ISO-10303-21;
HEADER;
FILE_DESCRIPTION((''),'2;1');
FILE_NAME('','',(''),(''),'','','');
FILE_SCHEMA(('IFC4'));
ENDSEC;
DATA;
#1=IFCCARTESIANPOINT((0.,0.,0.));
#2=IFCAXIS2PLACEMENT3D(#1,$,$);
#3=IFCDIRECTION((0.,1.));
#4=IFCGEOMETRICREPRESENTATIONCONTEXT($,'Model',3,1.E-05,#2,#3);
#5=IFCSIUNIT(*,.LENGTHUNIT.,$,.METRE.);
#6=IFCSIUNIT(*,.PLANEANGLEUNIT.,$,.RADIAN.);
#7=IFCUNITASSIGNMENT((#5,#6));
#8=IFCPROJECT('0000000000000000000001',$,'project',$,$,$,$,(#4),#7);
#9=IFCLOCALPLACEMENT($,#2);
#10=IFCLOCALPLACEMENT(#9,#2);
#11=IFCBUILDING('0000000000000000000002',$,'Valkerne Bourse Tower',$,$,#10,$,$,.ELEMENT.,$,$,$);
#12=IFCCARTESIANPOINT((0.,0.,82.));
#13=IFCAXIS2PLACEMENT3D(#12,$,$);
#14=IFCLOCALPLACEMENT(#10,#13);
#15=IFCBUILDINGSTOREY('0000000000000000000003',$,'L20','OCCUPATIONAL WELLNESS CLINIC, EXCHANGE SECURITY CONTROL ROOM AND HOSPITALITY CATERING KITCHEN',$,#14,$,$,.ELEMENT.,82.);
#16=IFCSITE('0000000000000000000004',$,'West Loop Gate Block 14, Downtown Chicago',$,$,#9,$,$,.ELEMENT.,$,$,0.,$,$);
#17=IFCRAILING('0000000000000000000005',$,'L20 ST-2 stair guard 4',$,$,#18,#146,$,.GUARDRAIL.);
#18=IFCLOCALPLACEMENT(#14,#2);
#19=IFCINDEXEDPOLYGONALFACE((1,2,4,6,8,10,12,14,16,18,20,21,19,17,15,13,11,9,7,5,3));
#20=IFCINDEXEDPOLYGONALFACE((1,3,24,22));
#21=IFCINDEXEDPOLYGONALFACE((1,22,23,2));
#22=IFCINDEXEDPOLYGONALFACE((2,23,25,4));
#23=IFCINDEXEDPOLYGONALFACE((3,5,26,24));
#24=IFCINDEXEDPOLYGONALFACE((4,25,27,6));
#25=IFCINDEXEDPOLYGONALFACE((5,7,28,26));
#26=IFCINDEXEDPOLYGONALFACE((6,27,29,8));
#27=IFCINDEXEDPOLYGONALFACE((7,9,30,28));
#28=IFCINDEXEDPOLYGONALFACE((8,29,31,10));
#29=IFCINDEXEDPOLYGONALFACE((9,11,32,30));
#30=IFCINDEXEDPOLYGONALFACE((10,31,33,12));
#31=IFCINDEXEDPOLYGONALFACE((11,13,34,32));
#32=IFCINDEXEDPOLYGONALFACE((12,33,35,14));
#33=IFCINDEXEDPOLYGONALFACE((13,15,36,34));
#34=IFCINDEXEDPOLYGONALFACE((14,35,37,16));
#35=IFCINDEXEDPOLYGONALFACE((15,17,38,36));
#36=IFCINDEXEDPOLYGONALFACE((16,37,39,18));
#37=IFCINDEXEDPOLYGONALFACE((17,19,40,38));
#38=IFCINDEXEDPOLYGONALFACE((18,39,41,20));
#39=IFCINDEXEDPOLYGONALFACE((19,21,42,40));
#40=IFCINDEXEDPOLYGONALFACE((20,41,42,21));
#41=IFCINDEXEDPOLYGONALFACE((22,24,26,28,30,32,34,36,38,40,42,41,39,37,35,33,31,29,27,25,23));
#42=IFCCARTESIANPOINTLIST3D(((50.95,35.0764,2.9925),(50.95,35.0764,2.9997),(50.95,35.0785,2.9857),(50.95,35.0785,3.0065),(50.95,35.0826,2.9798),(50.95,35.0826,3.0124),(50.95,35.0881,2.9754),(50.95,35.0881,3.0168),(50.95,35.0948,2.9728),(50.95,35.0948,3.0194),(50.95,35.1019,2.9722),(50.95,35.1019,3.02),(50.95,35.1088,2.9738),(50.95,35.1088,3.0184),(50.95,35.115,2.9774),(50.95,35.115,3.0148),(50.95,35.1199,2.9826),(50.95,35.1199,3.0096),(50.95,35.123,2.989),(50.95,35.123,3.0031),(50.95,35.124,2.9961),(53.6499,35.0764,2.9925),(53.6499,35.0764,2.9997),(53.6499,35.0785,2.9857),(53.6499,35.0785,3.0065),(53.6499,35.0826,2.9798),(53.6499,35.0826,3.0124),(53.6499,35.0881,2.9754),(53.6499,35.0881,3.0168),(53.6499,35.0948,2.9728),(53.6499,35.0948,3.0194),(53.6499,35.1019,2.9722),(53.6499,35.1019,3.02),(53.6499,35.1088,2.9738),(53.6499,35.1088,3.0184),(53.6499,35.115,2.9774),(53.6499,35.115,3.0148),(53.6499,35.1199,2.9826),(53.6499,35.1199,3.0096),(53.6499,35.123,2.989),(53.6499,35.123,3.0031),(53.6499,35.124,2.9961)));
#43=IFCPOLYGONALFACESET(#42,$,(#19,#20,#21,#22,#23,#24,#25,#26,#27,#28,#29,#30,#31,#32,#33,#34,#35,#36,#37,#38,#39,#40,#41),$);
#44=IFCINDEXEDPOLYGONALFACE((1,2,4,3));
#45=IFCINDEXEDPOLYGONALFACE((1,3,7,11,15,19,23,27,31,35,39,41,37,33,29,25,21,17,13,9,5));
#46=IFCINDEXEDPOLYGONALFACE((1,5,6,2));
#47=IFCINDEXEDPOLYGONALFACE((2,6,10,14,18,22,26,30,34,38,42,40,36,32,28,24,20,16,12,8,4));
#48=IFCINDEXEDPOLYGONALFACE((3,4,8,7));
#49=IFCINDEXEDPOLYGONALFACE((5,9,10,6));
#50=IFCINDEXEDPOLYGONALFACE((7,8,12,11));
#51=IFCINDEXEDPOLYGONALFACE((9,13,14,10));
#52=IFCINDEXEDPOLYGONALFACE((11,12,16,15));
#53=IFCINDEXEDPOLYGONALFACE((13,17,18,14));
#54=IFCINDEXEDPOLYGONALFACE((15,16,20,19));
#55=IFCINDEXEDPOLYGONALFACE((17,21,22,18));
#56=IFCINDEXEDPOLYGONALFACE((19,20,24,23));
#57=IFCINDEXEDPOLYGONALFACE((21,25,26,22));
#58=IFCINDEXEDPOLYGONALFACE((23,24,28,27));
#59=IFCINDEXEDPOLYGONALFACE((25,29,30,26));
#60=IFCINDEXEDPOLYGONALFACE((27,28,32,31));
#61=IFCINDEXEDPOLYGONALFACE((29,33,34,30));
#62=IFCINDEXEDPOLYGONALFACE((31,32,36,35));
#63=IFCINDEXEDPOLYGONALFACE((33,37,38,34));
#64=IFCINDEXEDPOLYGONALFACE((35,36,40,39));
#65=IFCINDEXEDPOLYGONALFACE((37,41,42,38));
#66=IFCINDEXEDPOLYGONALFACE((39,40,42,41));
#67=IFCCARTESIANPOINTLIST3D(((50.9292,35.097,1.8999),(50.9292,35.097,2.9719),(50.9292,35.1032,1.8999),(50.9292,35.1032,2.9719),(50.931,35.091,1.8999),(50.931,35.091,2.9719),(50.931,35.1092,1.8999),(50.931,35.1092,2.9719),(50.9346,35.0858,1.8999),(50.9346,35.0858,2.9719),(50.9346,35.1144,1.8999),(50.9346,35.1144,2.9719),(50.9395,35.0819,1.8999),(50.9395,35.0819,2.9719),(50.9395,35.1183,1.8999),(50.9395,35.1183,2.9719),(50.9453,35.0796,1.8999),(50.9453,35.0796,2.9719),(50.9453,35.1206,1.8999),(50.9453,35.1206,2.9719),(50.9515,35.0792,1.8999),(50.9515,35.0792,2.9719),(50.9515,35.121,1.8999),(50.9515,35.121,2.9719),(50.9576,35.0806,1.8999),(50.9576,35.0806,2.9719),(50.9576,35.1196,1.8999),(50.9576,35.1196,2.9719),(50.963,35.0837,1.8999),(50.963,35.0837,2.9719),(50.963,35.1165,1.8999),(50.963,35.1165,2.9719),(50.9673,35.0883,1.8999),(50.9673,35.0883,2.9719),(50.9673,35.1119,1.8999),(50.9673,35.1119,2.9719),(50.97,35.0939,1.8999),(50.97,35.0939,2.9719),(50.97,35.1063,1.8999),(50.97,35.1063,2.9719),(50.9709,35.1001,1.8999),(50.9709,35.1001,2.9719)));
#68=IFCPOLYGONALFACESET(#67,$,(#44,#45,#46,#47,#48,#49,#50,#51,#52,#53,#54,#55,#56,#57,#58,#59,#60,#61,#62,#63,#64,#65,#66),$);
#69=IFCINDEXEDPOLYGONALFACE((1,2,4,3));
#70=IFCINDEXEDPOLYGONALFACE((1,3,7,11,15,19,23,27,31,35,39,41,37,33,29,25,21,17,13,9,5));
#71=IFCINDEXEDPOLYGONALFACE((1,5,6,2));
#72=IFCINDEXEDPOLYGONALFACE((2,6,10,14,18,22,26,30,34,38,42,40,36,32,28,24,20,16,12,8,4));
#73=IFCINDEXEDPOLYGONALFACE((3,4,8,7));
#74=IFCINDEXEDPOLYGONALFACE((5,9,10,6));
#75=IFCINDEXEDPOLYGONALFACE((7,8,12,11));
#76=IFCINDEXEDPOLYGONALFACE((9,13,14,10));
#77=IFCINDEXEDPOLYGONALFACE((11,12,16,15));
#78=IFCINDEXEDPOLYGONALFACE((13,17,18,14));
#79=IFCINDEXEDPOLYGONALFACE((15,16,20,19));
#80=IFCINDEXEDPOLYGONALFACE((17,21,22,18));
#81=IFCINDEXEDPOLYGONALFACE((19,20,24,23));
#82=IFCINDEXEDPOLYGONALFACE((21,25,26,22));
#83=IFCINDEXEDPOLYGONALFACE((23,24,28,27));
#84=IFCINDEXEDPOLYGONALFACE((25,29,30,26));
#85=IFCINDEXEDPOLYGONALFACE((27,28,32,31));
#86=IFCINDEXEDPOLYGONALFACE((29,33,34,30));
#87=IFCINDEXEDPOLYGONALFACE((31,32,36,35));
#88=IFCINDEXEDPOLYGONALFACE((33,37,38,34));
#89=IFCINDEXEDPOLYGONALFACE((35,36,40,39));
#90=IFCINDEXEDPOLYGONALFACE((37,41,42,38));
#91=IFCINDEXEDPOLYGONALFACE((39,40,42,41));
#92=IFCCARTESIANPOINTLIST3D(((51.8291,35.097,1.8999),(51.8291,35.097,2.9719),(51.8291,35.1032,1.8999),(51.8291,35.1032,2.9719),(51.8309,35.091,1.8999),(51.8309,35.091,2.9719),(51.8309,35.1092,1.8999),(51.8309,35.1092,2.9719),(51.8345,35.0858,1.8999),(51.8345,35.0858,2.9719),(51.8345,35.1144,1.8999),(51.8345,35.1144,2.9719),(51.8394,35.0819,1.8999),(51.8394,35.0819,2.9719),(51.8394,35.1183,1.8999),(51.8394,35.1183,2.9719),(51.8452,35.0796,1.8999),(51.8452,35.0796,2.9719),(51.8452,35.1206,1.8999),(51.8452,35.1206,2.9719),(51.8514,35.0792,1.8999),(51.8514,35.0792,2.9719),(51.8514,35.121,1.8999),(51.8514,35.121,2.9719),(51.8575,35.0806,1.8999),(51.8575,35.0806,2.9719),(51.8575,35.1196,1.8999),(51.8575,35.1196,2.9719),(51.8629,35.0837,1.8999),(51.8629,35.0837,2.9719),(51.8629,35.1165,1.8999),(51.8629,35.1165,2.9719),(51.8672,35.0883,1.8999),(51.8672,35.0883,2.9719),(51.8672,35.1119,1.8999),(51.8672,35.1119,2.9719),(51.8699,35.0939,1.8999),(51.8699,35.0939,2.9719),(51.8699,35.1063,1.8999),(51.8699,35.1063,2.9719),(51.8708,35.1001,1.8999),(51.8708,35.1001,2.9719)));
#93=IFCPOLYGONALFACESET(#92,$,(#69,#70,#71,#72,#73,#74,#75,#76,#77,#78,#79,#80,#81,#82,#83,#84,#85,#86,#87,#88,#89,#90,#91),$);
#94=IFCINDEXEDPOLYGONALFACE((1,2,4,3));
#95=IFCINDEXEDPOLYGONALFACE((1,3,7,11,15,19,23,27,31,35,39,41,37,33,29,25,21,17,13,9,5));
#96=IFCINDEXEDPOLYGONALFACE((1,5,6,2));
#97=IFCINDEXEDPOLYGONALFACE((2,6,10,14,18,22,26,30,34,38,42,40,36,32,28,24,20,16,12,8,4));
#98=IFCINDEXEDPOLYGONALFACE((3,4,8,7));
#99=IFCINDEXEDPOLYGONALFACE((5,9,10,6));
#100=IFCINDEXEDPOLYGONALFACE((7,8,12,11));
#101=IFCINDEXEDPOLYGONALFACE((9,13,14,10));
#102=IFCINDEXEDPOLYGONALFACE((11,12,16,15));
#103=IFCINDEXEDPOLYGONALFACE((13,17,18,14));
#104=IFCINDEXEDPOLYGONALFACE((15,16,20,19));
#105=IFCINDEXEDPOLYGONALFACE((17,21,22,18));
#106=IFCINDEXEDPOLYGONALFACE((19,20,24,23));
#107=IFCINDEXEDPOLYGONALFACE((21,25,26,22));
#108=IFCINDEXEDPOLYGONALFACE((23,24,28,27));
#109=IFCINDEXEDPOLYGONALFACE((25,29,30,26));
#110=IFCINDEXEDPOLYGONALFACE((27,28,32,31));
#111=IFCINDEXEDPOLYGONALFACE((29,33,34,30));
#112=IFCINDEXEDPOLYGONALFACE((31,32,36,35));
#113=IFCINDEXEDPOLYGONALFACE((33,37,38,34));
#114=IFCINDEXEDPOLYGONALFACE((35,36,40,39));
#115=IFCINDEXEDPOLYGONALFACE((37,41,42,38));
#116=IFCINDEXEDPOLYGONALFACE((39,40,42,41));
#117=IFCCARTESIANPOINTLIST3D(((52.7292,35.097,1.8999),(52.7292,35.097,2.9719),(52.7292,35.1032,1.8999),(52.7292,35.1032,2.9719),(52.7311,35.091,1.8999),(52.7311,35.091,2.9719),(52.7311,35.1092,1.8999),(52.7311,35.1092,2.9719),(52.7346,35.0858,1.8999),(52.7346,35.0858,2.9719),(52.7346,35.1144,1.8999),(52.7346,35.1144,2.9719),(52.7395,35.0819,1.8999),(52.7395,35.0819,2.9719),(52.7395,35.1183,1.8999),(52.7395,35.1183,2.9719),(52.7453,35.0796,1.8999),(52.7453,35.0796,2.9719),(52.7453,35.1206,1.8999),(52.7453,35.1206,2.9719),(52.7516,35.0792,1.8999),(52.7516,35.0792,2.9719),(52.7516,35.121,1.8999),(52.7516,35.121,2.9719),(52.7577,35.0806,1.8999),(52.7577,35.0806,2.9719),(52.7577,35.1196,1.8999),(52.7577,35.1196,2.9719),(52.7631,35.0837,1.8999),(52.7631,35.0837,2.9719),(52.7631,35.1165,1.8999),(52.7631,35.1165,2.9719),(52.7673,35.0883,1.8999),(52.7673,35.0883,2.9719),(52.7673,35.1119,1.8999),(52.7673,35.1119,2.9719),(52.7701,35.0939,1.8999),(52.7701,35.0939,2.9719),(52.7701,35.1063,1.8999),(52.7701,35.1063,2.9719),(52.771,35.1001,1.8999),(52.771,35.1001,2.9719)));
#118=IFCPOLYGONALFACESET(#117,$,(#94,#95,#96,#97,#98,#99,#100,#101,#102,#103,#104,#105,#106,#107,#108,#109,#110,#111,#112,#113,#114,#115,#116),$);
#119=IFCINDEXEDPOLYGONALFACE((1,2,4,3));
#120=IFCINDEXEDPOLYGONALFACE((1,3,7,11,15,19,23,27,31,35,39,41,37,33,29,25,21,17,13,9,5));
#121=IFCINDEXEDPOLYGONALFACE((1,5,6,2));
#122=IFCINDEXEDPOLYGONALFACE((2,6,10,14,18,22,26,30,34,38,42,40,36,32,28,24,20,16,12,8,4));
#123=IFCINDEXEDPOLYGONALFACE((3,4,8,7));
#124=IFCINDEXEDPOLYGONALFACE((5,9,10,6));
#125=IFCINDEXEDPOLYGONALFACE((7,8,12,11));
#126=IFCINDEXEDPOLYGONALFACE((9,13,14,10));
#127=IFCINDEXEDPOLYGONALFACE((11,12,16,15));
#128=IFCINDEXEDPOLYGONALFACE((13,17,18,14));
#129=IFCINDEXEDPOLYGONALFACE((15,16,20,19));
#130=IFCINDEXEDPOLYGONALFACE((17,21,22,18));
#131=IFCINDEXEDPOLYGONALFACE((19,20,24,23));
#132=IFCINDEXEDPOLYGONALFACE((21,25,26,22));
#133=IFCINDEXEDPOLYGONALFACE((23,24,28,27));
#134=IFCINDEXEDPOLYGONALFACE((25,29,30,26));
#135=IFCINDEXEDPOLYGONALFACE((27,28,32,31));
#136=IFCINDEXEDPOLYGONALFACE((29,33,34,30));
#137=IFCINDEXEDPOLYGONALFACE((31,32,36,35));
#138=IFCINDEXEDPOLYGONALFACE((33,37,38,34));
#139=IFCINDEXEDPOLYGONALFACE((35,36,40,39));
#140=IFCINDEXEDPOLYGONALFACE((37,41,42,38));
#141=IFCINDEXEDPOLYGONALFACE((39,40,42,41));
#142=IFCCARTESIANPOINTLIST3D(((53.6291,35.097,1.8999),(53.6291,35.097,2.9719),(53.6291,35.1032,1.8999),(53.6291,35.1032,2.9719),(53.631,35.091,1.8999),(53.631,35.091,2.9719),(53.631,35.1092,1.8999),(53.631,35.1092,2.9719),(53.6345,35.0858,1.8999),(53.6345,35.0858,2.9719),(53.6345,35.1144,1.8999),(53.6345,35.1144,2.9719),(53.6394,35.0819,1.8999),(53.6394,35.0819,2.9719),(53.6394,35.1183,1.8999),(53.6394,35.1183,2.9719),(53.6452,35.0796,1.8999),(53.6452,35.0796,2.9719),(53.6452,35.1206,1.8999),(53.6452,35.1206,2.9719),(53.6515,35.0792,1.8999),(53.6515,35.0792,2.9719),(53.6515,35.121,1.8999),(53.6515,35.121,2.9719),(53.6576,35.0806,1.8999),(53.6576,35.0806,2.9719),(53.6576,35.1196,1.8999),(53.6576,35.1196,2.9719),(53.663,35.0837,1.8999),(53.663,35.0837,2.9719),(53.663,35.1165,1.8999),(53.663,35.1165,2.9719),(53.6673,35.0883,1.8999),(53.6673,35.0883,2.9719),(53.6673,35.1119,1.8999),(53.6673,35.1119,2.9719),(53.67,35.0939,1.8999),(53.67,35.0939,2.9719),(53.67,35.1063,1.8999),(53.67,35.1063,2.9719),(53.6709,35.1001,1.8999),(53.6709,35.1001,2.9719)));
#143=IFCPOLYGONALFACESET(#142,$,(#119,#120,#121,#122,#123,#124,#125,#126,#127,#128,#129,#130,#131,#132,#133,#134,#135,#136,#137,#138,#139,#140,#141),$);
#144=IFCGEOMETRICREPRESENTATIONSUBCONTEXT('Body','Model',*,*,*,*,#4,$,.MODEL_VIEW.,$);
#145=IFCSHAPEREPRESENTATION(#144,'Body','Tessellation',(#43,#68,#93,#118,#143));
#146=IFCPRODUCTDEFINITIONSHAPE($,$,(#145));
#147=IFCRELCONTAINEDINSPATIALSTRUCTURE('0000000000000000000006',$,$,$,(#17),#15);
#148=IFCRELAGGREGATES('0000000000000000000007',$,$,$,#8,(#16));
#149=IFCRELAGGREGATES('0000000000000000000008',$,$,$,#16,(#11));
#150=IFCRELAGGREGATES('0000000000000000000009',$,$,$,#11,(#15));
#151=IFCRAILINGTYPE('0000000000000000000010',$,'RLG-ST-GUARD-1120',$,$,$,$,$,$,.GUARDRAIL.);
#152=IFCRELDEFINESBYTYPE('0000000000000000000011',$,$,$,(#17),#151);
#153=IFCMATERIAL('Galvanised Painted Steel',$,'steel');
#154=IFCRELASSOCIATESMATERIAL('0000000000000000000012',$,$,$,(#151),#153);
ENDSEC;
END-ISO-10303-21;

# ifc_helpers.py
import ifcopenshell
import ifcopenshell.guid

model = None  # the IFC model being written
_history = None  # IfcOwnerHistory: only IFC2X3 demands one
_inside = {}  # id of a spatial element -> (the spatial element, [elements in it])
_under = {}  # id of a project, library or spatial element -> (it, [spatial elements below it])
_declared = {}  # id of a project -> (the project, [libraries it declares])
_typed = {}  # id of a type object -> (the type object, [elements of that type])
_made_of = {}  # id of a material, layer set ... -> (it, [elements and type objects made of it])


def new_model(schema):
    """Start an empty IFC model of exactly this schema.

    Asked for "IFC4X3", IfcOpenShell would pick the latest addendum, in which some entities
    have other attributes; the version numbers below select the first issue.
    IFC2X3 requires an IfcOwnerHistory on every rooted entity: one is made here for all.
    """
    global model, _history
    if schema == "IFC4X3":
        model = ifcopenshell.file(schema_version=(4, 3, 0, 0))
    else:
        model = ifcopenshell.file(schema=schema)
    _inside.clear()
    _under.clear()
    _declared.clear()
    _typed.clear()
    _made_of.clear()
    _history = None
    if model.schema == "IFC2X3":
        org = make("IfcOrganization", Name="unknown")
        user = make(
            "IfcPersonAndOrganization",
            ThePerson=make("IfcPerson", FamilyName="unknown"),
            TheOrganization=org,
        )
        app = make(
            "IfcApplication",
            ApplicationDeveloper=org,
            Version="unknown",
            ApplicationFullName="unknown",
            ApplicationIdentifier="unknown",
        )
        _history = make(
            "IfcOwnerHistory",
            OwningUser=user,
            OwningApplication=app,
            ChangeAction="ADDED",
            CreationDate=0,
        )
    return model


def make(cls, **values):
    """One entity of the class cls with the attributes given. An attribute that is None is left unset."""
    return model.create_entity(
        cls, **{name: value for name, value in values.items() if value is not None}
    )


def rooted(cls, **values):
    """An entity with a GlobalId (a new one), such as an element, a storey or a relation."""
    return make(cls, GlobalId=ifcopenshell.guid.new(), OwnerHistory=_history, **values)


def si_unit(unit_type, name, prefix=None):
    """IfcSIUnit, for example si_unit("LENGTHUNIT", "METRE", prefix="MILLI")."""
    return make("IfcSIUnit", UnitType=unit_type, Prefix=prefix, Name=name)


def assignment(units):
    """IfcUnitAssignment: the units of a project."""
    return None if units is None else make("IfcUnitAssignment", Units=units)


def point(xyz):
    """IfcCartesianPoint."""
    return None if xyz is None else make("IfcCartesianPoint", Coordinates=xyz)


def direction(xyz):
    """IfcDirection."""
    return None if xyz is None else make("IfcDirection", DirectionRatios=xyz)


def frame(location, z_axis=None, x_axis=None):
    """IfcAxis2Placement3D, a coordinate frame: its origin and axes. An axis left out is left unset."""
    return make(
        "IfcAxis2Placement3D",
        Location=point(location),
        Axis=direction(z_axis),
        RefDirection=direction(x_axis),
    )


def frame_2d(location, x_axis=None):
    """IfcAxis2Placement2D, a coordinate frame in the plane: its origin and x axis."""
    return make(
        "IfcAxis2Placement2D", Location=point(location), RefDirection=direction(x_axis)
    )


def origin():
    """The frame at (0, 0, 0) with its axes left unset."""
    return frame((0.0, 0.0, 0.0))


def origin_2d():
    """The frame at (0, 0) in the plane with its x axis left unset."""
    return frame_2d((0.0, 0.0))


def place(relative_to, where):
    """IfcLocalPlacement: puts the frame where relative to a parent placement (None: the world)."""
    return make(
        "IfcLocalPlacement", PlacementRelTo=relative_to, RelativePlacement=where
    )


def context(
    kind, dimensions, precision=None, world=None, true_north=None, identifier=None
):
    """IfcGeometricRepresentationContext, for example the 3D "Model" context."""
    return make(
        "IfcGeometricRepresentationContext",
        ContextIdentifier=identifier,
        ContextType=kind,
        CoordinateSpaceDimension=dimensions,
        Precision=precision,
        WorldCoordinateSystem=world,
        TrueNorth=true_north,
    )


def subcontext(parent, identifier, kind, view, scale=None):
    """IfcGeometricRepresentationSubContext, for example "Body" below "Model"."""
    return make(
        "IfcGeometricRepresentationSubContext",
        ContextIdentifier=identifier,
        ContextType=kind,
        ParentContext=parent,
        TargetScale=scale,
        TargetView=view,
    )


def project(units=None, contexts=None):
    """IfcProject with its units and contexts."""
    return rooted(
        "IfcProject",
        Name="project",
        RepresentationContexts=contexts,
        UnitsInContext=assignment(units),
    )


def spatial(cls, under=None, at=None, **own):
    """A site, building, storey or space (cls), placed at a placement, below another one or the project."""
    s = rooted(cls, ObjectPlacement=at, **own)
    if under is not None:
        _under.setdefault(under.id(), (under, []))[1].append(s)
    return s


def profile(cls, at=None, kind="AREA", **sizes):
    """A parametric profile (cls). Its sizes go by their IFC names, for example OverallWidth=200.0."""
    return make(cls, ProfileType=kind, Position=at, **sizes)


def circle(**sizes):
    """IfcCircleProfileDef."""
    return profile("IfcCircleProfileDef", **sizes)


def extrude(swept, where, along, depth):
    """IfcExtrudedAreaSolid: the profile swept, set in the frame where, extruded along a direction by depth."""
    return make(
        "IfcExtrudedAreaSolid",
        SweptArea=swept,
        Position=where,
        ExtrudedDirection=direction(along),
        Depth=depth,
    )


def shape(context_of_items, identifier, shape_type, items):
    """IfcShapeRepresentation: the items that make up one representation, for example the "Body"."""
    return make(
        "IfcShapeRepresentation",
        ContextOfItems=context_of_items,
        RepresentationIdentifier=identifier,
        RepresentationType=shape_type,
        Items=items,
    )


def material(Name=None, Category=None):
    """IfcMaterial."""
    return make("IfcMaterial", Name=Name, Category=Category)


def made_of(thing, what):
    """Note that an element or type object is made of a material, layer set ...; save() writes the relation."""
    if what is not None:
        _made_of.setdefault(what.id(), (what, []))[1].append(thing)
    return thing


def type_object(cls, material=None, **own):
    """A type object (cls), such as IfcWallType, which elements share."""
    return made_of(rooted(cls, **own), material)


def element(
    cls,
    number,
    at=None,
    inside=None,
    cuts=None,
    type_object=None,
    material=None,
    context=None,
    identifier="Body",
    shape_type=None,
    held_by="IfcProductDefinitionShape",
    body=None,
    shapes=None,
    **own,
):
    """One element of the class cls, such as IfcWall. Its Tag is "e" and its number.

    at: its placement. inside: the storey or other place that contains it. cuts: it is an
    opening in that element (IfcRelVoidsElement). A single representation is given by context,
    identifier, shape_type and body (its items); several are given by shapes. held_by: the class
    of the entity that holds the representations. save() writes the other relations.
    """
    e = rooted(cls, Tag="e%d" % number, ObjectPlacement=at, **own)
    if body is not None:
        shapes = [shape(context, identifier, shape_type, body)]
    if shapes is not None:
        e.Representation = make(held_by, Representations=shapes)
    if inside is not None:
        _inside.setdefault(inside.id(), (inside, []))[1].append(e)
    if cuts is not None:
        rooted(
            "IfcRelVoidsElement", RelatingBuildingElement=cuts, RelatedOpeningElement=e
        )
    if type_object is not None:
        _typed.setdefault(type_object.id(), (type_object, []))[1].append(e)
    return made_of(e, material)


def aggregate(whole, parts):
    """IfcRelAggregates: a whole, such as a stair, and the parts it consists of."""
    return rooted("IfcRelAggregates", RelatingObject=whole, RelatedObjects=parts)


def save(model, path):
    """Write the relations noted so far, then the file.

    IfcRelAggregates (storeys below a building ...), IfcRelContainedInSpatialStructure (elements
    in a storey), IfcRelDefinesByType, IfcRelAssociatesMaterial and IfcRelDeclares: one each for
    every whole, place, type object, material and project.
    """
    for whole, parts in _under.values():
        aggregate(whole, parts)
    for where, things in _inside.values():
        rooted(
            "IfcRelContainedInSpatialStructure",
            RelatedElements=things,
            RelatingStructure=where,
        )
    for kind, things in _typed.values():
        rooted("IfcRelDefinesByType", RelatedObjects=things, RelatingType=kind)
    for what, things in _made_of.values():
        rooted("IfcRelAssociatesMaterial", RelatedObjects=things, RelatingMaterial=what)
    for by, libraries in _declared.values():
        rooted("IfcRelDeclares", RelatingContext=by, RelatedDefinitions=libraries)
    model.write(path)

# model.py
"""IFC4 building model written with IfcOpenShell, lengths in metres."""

from ifc_helpers import new_model, si_unit, direction, frame, origin, origin_2d, place, context, subcontext, project, spatial, circle, extrude, material, type_object, element, save


model = new_model("IFC4")

# Units and contexts
model_context = context("Model", 3, precision=1e-05, world=origin(), true_north=direction((0.0, 1.0)))
body_context = subcontext(model_context, "Body", "Model", "MODEL_VIEW")
ifc_project = project(units=[si_unit("LENGTHUNIT", "METRE"), si_unit("PLANEANGLEUNIT", "RADIAN")], contexts=[model_context])

# Site, building, storey
site_placement = place(None, origin())
site = spatial("IfcSite", under=ifc_project, at=site_placement, Name="West Loop Gate Block 14, Downtown Chicago", CompositionType="ELEMENT", RefElevation=0.0)
building_placement = place(site_placement, origin())
building = spatial("IfcBuilding", under=site, at=building_placement, Name="Valkerne Bourse Tower", CompositionType="ELEMENT")
storey_placement = place(building_placement, frame((0.0, 0.0, 82.0)))
storey = spatial("IfcBuildingStorey", under=building, at=storey_placement, Name="L20", Description="OCCUPATIONAL WELLNESS CLINIC, EXCHANGE SECURITY CONTROL ROOM AND HOSPITALITY CATERING KITCHEN", CompositionType="ELEMENT", Elevation=82.0)

# Railing
ifc_material_1 = material(Name="Galvanised Painted Steel", Category="steel")
railing_type_1 = type_object("IfcRailingType", Name="RLG-ST-GUARD-1120", PredefinedType="GUARDRAIL", material=ifc_material_1)
for number, where, name in (
    (1, (50.95, 35.1001, 1.8999), "L20 ST-2 stair guard 4"),
):
    element("IfcRailing", number, at=place(storey_placement, frame(where)), inside=storey, type_object=railing_type_1, Name=name, PredefinedType="GUARDRAIL", context=body_context, shape_type="SweptSolid", body=[
        extrude(circle(Radius=0.0239, at=origin_2d()), frame((0.0, 0.0, 1.0962), z_axis=(1.0, 0.0, 0.0), x_axis=(0.0, 1.0, 0.0)), (0.0, 0.0, 1.0), 2.7),
        extrude(circle(Radius=0.021, at=origin_2d()), origin(), (0.0, 0.0, 1.0), 1.072),
        extrude(circle(Radius=0.021, at=origin_2d()), frame((0.8999, 0.0, 0.0)), (0.0, 0.0, 1.0), 1.072),
        extrude(circle(Radius=0.021, at=origin_2d()), frame((1.8, 0.0, 0.0)), (0.0, 0.0, 1.0), 1.072),
        extrude(circle(Radius=0.021, at=origin_2d()), frame((2.7, 0.0, 0.0)), (0.0, 0.0, 1.0), 1.072),
    ])

save(model, "model.ifc")
